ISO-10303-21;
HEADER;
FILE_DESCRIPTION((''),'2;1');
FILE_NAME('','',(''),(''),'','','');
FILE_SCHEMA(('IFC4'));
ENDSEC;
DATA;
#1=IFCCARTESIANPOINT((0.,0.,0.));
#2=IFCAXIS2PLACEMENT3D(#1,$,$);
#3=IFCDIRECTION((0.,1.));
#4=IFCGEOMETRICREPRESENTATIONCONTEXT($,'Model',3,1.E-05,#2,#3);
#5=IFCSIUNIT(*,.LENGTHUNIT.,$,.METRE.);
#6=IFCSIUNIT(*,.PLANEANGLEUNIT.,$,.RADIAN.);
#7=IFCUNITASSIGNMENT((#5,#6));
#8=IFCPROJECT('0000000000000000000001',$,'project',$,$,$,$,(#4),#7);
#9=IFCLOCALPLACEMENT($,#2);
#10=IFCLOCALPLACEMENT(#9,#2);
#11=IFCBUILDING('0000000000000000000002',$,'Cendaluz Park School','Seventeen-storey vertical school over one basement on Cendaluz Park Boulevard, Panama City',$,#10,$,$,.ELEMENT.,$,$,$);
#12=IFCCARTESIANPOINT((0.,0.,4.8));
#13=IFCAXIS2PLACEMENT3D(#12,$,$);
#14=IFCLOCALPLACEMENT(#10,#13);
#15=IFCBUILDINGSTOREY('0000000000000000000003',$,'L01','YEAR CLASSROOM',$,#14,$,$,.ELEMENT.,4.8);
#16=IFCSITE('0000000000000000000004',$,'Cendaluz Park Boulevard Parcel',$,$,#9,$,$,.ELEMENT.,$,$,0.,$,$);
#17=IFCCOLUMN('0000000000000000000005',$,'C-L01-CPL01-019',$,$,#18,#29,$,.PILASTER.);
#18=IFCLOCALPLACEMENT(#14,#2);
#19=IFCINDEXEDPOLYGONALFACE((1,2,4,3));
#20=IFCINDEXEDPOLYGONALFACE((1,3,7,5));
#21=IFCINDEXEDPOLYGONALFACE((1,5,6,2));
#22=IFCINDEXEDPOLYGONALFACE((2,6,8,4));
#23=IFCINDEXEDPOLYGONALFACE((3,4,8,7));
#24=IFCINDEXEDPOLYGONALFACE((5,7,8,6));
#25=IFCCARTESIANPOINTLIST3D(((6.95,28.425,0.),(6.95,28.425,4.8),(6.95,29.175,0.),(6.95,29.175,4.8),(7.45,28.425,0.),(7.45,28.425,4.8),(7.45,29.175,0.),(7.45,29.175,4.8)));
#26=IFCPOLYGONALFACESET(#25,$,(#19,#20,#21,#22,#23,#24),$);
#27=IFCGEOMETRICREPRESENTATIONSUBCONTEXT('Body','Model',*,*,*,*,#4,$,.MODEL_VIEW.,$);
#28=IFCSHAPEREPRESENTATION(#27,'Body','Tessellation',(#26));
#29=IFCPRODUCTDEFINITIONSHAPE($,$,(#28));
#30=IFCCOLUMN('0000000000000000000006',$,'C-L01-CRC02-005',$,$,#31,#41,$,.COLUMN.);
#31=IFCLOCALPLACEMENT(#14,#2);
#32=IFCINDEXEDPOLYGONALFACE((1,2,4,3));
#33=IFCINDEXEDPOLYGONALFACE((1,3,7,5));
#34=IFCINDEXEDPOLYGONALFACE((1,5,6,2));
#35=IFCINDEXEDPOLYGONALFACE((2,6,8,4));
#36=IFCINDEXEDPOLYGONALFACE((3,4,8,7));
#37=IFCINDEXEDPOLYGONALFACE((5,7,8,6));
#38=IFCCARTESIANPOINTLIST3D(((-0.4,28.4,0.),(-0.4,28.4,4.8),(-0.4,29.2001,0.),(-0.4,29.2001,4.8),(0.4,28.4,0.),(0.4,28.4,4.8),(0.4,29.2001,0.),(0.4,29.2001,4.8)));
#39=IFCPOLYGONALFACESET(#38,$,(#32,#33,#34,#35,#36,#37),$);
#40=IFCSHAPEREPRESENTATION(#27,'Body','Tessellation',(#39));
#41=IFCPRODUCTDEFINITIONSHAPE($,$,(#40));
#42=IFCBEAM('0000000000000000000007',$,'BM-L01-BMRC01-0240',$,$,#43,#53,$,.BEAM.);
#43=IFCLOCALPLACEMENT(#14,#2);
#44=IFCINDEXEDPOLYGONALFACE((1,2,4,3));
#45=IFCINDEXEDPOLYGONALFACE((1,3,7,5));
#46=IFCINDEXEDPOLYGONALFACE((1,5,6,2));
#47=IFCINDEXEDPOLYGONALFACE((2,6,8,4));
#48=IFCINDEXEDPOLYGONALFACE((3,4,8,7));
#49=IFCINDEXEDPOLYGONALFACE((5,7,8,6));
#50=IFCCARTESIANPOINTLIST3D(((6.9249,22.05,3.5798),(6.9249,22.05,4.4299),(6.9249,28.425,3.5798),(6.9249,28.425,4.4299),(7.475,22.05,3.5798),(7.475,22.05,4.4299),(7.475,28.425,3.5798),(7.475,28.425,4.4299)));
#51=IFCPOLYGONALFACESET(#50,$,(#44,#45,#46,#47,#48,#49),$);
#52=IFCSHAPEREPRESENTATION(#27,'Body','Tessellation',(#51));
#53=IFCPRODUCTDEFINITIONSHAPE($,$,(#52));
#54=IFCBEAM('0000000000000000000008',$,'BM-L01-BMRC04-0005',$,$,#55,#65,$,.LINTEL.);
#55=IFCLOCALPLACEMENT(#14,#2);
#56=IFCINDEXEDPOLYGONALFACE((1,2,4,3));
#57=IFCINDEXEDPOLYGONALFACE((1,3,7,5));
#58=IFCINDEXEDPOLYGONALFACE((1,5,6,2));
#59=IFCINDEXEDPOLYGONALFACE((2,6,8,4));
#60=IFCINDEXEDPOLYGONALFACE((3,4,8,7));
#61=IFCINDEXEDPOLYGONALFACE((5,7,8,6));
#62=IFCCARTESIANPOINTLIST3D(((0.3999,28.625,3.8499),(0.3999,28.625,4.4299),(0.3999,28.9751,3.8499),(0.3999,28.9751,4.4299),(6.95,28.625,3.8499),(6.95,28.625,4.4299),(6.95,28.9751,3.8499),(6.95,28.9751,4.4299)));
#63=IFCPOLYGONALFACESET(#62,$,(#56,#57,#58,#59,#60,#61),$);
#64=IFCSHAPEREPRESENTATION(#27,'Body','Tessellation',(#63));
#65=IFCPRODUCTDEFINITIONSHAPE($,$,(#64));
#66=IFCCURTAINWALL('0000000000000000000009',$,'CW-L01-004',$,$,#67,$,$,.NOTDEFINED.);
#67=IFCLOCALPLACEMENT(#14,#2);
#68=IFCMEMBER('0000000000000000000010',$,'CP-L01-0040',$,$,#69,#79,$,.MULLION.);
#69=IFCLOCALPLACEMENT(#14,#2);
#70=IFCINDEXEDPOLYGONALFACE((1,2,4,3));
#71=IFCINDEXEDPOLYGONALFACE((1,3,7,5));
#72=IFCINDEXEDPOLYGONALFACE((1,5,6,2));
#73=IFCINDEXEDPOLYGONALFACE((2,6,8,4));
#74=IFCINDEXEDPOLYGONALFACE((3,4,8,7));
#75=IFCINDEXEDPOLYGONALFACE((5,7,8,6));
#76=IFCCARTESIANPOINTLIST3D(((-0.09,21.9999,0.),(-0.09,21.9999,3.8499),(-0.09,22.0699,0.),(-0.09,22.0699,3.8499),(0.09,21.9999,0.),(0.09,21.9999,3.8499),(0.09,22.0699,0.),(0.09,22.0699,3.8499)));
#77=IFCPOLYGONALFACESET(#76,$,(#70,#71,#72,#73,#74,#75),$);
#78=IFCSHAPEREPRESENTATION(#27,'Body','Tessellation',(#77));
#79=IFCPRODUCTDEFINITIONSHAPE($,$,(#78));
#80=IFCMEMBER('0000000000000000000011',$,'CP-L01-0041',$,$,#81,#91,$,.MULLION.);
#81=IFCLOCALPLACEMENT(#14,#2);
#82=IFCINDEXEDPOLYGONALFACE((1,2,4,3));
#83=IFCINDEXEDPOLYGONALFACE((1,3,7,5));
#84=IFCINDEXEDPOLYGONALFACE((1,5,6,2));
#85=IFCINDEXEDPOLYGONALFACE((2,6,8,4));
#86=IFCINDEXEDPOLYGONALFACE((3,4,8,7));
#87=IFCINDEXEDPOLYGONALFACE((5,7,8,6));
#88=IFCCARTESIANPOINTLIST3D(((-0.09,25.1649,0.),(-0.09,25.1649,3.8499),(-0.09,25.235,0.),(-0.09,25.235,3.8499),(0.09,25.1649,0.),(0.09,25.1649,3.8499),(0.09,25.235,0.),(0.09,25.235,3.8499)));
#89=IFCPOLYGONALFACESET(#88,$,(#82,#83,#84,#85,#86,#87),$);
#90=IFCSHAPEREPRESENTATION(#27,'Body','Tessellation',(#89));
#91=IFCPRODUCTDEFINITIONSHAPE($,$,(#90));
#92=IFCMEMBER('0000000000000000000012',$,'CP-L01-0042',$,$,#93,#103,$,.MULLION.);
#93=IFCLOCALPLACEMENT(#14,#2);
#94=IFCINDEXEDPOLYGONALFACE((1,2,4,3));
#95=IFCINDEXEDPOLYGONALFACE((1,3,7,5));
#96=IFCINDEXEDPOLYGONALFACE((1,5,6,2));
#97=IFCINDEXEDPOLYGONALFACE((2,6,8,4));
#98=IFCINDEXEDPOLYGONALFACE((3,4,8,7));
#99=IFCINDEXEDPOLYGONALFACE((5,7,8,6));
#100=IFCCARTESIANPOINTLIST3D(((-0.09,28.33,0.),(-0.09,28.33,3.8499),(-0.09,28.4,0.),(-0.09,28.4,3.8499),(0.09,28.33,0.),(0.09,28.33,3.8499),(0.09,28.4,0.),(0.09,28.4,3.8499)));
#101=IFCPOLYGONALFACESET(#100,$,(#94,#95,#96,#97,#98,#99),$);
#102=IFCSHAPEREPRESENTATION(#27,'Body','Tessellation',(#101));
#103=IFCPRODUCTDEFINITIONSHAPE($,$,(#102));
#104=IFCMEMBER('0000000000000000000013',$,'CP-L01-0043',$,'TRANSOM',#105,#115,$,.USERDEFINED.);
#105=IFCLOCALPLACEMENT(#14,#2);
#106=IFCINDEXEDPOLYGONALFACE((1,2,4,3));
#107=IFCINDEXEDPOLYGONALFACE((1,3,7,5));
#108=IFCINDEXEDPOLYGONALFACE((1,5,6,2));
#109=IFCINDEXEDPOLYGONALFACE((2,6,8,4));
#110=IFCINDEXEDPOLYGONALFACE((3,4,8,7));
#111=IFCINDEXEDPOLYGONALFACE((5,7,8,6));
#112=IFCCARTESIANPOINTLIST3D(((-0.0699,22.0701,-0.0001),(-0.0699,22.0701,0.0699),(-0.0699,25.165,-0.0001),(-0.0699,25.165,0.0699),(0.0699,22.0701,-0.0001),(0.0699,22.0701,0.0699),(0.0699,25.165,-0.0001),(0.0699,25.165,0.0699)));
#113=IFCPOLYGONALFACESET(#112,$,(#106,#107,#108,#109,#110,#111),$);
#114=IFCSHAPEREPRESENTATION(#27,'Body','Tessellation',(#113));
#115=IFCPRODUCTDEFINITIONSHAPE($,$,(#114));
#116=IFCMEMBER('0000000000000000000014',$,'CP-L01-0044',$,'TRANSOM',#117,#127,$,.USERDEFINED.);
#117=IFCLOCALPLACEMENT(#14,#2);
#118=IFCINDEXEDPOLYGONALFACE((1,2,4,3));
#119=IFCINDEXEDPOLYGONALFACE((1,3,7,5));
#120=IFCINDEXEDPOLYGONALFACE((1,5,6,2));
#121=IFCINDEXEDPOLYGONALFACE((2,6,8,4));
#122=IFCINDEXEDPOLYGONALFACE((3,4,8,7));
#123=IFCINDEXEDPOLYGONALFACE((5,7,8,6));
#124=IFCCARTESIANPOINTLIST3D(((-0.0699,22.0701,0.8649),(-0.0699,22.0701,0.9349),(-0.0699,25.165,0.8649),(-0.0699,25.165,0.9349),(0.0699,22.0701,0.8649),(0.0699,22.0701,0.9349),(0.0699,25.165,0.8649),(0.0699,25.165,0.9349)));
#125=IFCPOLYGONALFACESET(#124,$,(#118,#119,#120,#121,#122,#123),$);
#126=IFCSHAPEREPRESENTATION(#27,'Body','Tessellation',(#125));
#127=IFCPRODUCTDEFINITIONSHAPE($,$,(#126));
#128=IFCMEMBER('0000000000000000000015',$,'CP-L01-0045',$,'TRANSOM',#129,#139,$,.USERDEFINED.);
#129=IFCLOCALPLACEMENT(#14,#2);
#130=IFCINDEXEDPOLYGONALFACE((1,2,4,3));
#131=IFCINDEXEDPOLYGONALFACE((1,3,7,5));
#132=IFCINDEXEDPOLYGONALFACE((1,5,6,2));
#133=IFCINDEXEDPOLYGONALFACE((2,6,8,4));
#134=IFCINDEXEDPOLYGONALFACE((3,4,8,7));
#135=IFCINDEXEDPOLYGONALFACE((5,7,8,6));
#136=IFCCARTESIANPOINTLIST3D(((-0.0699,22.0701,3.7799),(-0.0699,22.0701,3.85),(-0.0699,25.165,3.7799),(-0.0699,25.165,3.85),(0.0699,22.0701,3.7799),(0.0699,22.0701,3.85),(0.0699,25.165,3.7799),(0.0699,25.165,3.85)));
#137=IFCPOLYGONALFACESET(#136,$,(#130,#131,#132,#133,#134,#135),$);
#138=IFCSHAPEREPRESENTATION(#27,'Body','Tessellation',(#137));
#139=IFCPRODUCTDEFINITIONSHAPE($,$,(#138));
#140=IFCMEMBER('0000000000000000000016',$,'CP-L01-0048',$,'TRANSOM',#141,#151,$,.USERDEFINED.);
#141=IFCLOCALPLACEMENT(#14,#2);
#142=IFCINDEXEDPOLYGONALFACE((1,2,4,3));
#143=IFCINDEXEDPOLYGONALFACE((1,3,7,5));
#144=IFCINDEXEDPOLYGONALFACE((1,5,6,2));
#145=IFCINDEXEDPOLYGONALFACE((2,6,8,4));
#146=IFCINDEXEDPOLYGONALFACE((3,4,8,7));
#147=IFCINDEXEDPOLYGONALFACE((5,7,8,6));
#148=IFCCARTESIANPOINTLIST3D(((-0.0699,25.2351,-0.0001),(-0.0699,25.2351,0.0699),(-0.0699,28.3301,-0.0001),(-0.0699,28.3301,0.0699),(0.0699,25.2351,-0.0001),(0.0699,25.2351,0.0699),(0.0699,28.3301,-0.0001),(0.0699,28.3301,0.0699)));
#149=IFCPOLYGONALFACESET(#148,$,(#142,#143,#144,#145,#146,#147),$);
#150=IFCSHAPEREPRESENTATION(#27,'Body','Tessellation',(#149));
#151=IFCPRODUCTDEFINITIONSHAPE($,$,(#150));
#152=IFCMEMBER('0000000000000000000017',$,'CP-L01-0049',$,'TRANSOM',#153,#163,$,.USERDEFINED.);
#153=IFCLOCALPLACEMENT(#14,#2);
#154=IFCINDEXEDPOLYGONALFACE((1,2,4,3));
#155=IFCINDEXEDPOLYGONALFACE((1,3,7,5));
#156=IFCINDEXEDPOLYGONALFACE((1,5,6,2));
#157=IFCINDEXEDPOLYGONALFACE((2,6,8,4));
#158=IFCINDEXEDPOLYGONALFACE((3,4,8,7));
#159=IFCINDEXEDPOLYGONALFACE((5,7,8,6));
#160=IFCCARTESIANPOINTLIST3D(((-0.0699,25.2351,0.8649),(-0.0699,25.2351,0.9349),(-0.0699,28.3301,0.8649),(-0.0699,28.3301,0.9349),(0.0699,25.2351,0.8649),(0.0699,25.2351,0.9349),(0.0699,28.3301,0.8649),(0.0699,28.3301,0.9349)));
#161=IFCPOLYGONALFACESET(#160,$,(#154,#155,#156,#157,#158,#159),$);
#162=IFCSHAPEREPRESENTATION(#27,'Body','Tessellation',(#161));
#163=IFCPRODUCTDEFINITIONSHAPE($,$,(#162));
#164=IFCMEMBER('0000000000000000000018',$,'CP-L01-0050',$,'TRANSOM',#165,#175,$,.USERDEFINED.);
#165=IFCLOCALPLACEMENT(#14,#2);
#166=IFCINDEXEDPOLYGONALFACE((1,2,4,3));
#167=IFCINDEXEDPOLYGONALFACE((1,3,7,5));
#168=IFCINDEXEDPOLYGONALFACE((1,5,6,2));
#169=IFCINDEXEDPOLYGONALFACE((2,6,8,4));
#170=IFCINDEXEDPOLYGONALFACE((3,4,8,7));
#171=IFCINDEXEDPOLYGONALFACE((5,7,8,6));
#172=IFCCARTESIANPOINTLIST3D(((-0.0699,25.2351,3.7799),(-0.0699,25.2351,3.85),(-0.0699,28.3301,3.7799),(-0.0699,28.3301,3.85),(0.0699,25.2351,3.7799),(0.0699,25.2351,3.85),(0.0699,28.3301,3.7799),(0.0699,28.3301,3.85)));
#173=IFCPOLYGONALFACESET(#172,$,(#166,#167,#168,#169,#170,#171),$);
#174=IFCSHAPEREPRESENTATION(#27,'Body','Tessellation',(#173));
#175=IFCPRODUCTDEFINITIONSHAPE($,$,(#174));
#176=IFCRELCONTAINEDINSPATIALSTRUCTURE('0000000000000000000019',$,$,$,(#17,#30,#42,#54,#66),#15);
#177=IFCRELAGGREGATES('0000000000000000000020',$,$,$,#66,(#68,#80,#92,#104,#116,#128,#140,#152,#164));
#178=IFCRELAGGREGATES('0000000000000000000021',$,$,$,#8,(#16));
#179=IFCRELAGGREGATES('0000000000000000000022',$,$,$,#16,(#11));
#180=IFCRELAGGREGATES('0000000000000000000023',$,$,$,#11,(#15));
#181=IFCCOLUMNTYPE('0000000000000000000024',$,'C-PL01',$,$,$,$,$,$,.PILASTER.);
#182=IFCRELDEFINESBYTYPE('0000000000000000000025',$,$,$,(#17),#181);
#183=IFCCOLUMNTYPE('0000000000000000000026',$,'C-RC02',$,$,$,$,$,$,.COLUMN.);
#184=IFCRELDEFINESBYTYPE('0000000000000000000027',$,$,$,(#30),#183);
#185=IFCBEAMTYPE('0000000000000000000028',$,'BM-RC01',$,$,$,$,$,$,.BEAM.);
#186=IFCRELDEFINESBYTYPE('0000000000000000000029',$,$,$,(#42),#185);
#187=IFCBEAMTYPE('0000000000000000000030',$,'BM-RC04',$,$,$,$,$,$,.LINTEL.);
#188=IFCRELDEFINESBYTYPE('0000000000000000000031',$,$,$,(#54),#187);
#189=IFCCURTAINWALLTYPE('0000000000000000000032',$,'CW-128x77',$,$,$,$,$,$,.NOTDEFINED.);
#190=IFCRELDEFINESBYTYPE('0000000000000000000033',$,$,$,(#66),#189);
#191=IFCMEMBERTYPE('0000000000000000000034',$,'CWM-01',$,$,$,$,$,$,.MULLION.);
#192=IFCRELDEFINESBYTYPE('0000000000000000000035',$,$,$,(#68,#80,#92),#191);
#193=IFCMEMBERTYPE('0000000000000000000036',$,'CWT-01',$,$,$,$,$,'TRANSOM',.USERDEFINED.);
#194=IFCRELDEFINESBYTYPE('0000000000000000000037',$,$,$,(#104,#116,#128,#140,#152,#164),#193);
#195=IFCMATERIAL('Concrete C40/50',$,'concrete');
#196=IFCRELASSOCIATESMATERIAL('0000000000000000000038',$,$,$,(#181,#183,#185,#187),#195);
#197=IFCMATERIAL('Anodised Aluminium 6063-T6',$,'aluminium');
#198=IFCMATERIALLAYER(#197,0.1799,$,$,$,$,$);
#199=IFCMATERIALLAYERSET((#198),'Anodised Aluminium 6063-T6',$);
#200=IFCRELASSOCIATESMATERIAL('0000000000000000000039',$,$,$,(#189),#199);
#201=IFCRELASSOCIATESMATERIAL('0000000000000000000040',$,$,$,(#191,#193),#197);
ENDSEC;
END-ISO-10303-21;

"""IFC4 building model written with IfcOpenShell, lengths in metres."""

from ifc_helpers import new_model, si_unit, direction, frame, origin, origin_2d, place, context, subcontext, project, spatial, rectangle, extrude, material, layer, layer_set, material_profile, profile_set, type_object, element, aggregate, save


model = new_model("IFC4")

# Units and contexts
model_context = context("Model", 3, precision=1e-05, world=origin(), true_north=direction((0.0, 1.0)))
body_context = subcontext(model_context, "Body", "Model", "MODEL_VIEW")
ifc_project = project(units=[si_unit("LENGTHUNIT", "METRE"), si_unit("PLANEANGLEUNIT", "RADIAN")], contexts=[model_context])

# Site, building, storey
site_placement = place(None, origin())
site = spatial("IfcSite", under=ifc_project, at=site_placement, Name="Cendaluz Park Boulevard Parcel", CompositionType="ELEMENT", RefElevation=0.0)
building_placement = place(site_placement, origin())
building = spatial("IfcBuilding", under=site, at=building_placement, Name="Cendaluz Park School", Description="Seventeen-storey vertical school over one basement on Cendaluz Park Boulevard, Panama City", CompositionType="ELEMENT")
storey_placement = place(building_placement, frame((0.0, 0.0, 4.8)))
storey = spatial("IfcBuildingStorey", under=building, at=storey_placement, Name="L01", Description="YEAR CLASSROOM", CompositionType="ELEMENT", Elevation=4.8)

# Columns
ifc_material_1 = material(Name="Concrete C40/50", Category="concrete")
ifc_material_profile_1 = material_profile(ifc_material_1, rectangle(XDim=0.5, YDim=0.75, at=origin_2d()), Name="RC 500x750", Category="concrete")
ifc_profile_set_1 = profile_set([ifc_material_profile_1], Name="Concrete C40/50")
column_type_1 = type_object("IfcColumnType", Name="C-PL01", PredefinedType="PILASTER", material=ifc_profile_set_1)
column_1_placement = place(storey_placement, frame((7.2, 28.8, 0.0), z_axis=(0.0, 0.0, 1.0), x_axis=(1.0, 0.0, 0.0)))
element("IfcColumn", 1, at=column_1_placement, inside=storey, type_object=column_type_1, Name="C-L01-CPL01-019", PredefinedType="PILASTER", context=body_context, shape_type="SweptSolid", body=[
    extrude(rectangle(XDim=0.5, YDim=0.75, at=origin_2d()), origin(), (0.0, 0.0, 1.0), 4.8),
])
ifc_material_profile_2 = material_profile(ifc_material_1, rectangle(XDim=0.8, YDim=0.8, at=origin_2d()), Name="RC 800x800", Category="concrete")
ifc_profile_set_2 = profile_set([ifc_material_profile_2], Name="Concrete C40/50")
column_type_2 = type_object("IfcColumnType", Name="C-RC02", PredefinedType="COLUMN", material=ifc_profile_set_2)
column_2_placement = place(storey_placement, frame((0.0, 28.8, 0.0), z_axis=(0.0, 0.0, 1.0), x_axis=(1.0, 0.0, 0.0)))
element("IfcColumn", 2, at=column_2_placement, inside=storey, type_object=column_type_2, Name="C-L01-CRC02-005", PredefinedType="COLUMN", context=body_context, shape_type="SweptSolid", body=[
    extrude(rectangle(XDim=0.8, YDim=0.8, at=origin_2d()), origin(), (0.0, 0.0, 1.0), 4.8),
])

# Beams
ifc_material_profile_3 = material_profile(ifc_material_1, rectangle(XDim=0.55, YDim=0.8501, at=origin_2d()), Name="RC 550x850", Category="concrete")
ifc_profile_set_3 = profile_set([ifc_material_profile_3], Name="Concrete C40/50")
beam_type_1 = type_object("IfcBeamType", Name="BM-RC01", PredefinedType="BEAM", material=ifc_profile_set_3)
beam_1_placement = place(storey_placement, frame((7.2, 22.05, 4.0049), z_axis=(0.0, 1.0, 0.0), x_axis=(-1.0, 0.0, 0.0)))
element("IfcBeam", 3, at=beam_1_placement, inside=storey, type_object=beam_type_1, Name="BM-L01-BMRC01-0240", PredefinedType="BEAM", context=body_context, shape_type="SweptSolid", body=[
    extrude(rectangle(XDim=0.55, YDim=0.8501, at=origin_2d()), origin(), (0.0, 0.0, 1.0), 6.375),
])
ifc_material_profile_4 = material_profile(ifc_material_1, rectangle(XDim=0.3501, YDim=0.5801, at=origin_2d()), Name="RC 350x580", Category="concrete")
ifc_profile_set_4 = profile_set([ifc_material_profile_4], Name="Concrete C40/50")
beam_type_2 = type_object("IfcBeamType", Name="BM-RC04", PredefinedType="LINTEL", material=ifc_profile_set_4)
beam_2_placement = place(storey_placement, frame((0.3999, 28.8, 4.1399), z_axis=(1.0, 0.0, 0.0), x_axis=(0.0, 1.0, 0.0)))
element("IfcBeam", 4, at=beam_2_placement, inside=storey, type_object=beam_type_2, Name="BM-L01-BMRC04-0005", PredefinedType="LINTEL", context=body_context, shape_type="SweptSolid", body=[
    extrude(rectangle(XDim=0.3501, YDim=0.5801, at=origin_2d()), origin(), (0.0, 0.0, 1.0), 6.55),
])

# Curtain wall, members
ifc_material_2 = material(Name="Anodised Aluminium 6063-T6", Category="aluminium")
ifc_layer_1 = layer(ifc_material_2, 0.1799)
ifc_layer_set_1 = layer_set([ifc_layer_1], Name="Anodised Aluminium 6063-T6")
curtain_wall_type = type_object("IfcCurtainWallType", Name="CW-128x77", PredefinedType="NOTDEFINED", material=ifc_layer_set_1)
curtain_wall_placement = place(storey_placement, origin())
curtain_wall = element("IfcCurtainWall", 5, at=curtain_wall_placement, inside=storey, type_object=curtain_wall_type, Name="CW-L01-004", PredefinedType="NOTDEFINED")
ifc_material_profile_5 = material_profile(ifc_material_2, rectangle(XDim=0.1799, YDim=0.0701, at=origin_2d()), Name="CWM 180x70", Category="aluminium")
ifc_profile_set_5 = profile_set([ifc_material_profile_5], Name="Anodised Aluminium 6063-T6")
member_type_1 = type_object("IfcMemberType", Name="CWM-01", PredefinedType="MULLION", material=ifc_profile_set_5)
member_1_placement = place(storey_placement, frame((0.0, 22.0349, 0.0), z_axis=(0.0, 0.0, 1.0), x_axis=(-1.0, 0.0, 0.0)))
member_1 = element("IfcMember", 6, at=member_1_placement, type_object=member_type_1, Name="CP-L01-0040", PredefinedType="MULLION", context=body_context, shape_type="SweptSolid", body=[
    extrude(rectangle(XDim=0.1799, YDim=0.0701, at=origin_2d()), origin(), (0.0, 0.0, 1.0), 3.8499),
])
member_2_placement = place(storey_placement, frame((0.0, 25.2, 0.0), z_axis=(0.0, 0.0, 1.0), x_axis=(-1.0, 0.0, 0.0)))
member_2 = element("IfcMember", 7, at=member_2_placement, type_object=member_type_1, Name="CP-L01-0041", PredefinedType="MULLION", context=body_context, shape_type="SweptSolid", body=[
    extrude(rectangle(XDim=0.1799, YDim=0.0701, at=origin_2d()), origin(), (0.0, 0.0, 1.0), 3.8499),
])
member_3_placement = place(storey_placement, frame((0.0, 28.365, 0.0), z_axis=(0.0, 0.0, 1.0), x_axis=(-1.0, 0.0, 0.0)))
member_3 = element("IfcMember", 8, at=member_3_placement, type_object=member_type_1, Name="CP-L01-0042", PredefinedType="MULLION", context=body_context, shape_type="SweptSolid", body=[
    extrude(rectangle(XDim=0.1799, YDim=0.0701, at=origin_2d()), origin(), (0.0, 0.0, 1.0), 3.8499),
])
ifc_material_profile_6 = material_profile(ifc_material_2, rectangle(XDim=0.1399, YDim=0.0701, at=origin_2d()), Name="CWT 140x70", Category="aluminium")
ifc_profile_set_6 = profile_set([ifc_material_profile_6], Name="Anodised Aluminium 6063-T6")
member_type_2 = type_object("IfcMemberType", Name="CWT-01", ElementType="TRANSOM", PredefinedType="USERDEFINED", material=ifc_profile_set_6)
member_4_placement = place(storey_placement, frame((0.0, 22.0701, 0.0349), z_axis=(0.0, 1.0, 0.0), x_axis=(-1.0, 0.0, 0.0)))
member_4 = element("IfcMember", 9, at=member_4_placement, type_object=member_type_2, Name="CP-L01-0043", ObjectType="TRANSOM", PredefinedType="USERDEFINED", context=body_context, shape_type="SweptSolid", body=[
    extrude(rectangle(XDim=0.1399, YDim=0.0701, at=origin_2d()), origin(), (0.0, 0.0, 1.0), 3.095),
])
member_5_placement = place(storey_placement, frame((0.0, 22.0701, 0.8999), z_axis=(0.0, 1.0, 0.0), x_axis=(-1.0, 0.0, 0.0)))
member_5 = element("IfcMember", 10, at=member_5_placement, type_object=member_type_2, Name="CP-L01-0044", ObjectType="TRANSOM", PredefinedType="USERDEFINED", context=body_context, shape_type="SweptSolid", body=[
    extrude(rectangle(XDim=0.1399, YDim=0.0701, at=origin_2d()), origin(), (0.0, 0.0, 1.0), 3.095),
])
member_6_placement = place(storey_placement, frame((0.0, 22.0701, 3.8149), z_axis=(0.0, 1.0, 0.0), x_axis=(-1.0, 0.0, 0.0)))
member_6 = element("IfcMember", 11, at=member_6_placement, type_object=member_type_2, Name="CP-L01-0045", ObjectType="TRANSOM", PredefinedType="USERDEFINED", context=body_context, shape_type="SweptSolid", body=[
    extrude(rectangle(XDim=0.1399, YDim=0.0701, at=origin_2d()), origin(), (0.0, 0.0, 1.0), 3.095),
])
member_7_placement = place(storey_placement, frame((0.0, 25.2351, 0.0349), z_axis=(0.0, 1.0, 0.0), x_axis=(-1.0, 0.0, 0.0)))
member_7 = element("IfcMember", 12, at=member_7_placement, type_object=member_type_2, Name="CP-L01-0048", ObjectType="TRANSOM", PredefinedType="USERDEFINED", context=body_context, shape_type="SweptSolid", body=[
    extrude(rectangle(XDim=0.1399, YDim=0.0701, at=origin_2d()), origin(), (0.0, 0.0, 1.0), 3.095),
])
member_8_placement = place(storey_placement, frame((0.0, 25.2351, 0.8999), z_axis=(0.0, 1.0, 0.0), x_axis=(-1.0, 0.0, 0.0)))
member_8 = element("IfcMember", 13, at=member_8_placement, type_object=member_type_2, Name="CP-L01-0049", ObjectType="TRANSOM", PredefinedType="USERDEFINED", context=body_context, shape_type="SweptSolid", body=[
    extrude(rectangle(XDim=0.1399, YDim=0.0701, at=origin_2d()), origin(), (0.0, 0.0, 1.0), 3.095),
])
member_9_placement = place(storey_placement, frame((0.0, 25.2351, 3.8149), z_axis=(0.0, 1.0, 0.0), x_axis=(-1.0, 0.0, 0.0)))
member_9 = element("IfcMember", 14, at=member_9_placement, type_object=member_type_2, Name="CP-L01-0050", ObjectType="TRANSOM", PredefinedType="USERDEFINED", context=body_context, shape_type="SweptSolid", body=[
    extrude(rectangle(XDim=0.1399, YDim=0.0701, at=origin_2d()), origin(), (0.0, 0.0, 1.0), 3.095),
])

aggregate(curtain_wall, [member_1, member_2, member_3, member_4, member_5, member_6, member_7, member_8, member_9])

save(model, "model.ifc")
